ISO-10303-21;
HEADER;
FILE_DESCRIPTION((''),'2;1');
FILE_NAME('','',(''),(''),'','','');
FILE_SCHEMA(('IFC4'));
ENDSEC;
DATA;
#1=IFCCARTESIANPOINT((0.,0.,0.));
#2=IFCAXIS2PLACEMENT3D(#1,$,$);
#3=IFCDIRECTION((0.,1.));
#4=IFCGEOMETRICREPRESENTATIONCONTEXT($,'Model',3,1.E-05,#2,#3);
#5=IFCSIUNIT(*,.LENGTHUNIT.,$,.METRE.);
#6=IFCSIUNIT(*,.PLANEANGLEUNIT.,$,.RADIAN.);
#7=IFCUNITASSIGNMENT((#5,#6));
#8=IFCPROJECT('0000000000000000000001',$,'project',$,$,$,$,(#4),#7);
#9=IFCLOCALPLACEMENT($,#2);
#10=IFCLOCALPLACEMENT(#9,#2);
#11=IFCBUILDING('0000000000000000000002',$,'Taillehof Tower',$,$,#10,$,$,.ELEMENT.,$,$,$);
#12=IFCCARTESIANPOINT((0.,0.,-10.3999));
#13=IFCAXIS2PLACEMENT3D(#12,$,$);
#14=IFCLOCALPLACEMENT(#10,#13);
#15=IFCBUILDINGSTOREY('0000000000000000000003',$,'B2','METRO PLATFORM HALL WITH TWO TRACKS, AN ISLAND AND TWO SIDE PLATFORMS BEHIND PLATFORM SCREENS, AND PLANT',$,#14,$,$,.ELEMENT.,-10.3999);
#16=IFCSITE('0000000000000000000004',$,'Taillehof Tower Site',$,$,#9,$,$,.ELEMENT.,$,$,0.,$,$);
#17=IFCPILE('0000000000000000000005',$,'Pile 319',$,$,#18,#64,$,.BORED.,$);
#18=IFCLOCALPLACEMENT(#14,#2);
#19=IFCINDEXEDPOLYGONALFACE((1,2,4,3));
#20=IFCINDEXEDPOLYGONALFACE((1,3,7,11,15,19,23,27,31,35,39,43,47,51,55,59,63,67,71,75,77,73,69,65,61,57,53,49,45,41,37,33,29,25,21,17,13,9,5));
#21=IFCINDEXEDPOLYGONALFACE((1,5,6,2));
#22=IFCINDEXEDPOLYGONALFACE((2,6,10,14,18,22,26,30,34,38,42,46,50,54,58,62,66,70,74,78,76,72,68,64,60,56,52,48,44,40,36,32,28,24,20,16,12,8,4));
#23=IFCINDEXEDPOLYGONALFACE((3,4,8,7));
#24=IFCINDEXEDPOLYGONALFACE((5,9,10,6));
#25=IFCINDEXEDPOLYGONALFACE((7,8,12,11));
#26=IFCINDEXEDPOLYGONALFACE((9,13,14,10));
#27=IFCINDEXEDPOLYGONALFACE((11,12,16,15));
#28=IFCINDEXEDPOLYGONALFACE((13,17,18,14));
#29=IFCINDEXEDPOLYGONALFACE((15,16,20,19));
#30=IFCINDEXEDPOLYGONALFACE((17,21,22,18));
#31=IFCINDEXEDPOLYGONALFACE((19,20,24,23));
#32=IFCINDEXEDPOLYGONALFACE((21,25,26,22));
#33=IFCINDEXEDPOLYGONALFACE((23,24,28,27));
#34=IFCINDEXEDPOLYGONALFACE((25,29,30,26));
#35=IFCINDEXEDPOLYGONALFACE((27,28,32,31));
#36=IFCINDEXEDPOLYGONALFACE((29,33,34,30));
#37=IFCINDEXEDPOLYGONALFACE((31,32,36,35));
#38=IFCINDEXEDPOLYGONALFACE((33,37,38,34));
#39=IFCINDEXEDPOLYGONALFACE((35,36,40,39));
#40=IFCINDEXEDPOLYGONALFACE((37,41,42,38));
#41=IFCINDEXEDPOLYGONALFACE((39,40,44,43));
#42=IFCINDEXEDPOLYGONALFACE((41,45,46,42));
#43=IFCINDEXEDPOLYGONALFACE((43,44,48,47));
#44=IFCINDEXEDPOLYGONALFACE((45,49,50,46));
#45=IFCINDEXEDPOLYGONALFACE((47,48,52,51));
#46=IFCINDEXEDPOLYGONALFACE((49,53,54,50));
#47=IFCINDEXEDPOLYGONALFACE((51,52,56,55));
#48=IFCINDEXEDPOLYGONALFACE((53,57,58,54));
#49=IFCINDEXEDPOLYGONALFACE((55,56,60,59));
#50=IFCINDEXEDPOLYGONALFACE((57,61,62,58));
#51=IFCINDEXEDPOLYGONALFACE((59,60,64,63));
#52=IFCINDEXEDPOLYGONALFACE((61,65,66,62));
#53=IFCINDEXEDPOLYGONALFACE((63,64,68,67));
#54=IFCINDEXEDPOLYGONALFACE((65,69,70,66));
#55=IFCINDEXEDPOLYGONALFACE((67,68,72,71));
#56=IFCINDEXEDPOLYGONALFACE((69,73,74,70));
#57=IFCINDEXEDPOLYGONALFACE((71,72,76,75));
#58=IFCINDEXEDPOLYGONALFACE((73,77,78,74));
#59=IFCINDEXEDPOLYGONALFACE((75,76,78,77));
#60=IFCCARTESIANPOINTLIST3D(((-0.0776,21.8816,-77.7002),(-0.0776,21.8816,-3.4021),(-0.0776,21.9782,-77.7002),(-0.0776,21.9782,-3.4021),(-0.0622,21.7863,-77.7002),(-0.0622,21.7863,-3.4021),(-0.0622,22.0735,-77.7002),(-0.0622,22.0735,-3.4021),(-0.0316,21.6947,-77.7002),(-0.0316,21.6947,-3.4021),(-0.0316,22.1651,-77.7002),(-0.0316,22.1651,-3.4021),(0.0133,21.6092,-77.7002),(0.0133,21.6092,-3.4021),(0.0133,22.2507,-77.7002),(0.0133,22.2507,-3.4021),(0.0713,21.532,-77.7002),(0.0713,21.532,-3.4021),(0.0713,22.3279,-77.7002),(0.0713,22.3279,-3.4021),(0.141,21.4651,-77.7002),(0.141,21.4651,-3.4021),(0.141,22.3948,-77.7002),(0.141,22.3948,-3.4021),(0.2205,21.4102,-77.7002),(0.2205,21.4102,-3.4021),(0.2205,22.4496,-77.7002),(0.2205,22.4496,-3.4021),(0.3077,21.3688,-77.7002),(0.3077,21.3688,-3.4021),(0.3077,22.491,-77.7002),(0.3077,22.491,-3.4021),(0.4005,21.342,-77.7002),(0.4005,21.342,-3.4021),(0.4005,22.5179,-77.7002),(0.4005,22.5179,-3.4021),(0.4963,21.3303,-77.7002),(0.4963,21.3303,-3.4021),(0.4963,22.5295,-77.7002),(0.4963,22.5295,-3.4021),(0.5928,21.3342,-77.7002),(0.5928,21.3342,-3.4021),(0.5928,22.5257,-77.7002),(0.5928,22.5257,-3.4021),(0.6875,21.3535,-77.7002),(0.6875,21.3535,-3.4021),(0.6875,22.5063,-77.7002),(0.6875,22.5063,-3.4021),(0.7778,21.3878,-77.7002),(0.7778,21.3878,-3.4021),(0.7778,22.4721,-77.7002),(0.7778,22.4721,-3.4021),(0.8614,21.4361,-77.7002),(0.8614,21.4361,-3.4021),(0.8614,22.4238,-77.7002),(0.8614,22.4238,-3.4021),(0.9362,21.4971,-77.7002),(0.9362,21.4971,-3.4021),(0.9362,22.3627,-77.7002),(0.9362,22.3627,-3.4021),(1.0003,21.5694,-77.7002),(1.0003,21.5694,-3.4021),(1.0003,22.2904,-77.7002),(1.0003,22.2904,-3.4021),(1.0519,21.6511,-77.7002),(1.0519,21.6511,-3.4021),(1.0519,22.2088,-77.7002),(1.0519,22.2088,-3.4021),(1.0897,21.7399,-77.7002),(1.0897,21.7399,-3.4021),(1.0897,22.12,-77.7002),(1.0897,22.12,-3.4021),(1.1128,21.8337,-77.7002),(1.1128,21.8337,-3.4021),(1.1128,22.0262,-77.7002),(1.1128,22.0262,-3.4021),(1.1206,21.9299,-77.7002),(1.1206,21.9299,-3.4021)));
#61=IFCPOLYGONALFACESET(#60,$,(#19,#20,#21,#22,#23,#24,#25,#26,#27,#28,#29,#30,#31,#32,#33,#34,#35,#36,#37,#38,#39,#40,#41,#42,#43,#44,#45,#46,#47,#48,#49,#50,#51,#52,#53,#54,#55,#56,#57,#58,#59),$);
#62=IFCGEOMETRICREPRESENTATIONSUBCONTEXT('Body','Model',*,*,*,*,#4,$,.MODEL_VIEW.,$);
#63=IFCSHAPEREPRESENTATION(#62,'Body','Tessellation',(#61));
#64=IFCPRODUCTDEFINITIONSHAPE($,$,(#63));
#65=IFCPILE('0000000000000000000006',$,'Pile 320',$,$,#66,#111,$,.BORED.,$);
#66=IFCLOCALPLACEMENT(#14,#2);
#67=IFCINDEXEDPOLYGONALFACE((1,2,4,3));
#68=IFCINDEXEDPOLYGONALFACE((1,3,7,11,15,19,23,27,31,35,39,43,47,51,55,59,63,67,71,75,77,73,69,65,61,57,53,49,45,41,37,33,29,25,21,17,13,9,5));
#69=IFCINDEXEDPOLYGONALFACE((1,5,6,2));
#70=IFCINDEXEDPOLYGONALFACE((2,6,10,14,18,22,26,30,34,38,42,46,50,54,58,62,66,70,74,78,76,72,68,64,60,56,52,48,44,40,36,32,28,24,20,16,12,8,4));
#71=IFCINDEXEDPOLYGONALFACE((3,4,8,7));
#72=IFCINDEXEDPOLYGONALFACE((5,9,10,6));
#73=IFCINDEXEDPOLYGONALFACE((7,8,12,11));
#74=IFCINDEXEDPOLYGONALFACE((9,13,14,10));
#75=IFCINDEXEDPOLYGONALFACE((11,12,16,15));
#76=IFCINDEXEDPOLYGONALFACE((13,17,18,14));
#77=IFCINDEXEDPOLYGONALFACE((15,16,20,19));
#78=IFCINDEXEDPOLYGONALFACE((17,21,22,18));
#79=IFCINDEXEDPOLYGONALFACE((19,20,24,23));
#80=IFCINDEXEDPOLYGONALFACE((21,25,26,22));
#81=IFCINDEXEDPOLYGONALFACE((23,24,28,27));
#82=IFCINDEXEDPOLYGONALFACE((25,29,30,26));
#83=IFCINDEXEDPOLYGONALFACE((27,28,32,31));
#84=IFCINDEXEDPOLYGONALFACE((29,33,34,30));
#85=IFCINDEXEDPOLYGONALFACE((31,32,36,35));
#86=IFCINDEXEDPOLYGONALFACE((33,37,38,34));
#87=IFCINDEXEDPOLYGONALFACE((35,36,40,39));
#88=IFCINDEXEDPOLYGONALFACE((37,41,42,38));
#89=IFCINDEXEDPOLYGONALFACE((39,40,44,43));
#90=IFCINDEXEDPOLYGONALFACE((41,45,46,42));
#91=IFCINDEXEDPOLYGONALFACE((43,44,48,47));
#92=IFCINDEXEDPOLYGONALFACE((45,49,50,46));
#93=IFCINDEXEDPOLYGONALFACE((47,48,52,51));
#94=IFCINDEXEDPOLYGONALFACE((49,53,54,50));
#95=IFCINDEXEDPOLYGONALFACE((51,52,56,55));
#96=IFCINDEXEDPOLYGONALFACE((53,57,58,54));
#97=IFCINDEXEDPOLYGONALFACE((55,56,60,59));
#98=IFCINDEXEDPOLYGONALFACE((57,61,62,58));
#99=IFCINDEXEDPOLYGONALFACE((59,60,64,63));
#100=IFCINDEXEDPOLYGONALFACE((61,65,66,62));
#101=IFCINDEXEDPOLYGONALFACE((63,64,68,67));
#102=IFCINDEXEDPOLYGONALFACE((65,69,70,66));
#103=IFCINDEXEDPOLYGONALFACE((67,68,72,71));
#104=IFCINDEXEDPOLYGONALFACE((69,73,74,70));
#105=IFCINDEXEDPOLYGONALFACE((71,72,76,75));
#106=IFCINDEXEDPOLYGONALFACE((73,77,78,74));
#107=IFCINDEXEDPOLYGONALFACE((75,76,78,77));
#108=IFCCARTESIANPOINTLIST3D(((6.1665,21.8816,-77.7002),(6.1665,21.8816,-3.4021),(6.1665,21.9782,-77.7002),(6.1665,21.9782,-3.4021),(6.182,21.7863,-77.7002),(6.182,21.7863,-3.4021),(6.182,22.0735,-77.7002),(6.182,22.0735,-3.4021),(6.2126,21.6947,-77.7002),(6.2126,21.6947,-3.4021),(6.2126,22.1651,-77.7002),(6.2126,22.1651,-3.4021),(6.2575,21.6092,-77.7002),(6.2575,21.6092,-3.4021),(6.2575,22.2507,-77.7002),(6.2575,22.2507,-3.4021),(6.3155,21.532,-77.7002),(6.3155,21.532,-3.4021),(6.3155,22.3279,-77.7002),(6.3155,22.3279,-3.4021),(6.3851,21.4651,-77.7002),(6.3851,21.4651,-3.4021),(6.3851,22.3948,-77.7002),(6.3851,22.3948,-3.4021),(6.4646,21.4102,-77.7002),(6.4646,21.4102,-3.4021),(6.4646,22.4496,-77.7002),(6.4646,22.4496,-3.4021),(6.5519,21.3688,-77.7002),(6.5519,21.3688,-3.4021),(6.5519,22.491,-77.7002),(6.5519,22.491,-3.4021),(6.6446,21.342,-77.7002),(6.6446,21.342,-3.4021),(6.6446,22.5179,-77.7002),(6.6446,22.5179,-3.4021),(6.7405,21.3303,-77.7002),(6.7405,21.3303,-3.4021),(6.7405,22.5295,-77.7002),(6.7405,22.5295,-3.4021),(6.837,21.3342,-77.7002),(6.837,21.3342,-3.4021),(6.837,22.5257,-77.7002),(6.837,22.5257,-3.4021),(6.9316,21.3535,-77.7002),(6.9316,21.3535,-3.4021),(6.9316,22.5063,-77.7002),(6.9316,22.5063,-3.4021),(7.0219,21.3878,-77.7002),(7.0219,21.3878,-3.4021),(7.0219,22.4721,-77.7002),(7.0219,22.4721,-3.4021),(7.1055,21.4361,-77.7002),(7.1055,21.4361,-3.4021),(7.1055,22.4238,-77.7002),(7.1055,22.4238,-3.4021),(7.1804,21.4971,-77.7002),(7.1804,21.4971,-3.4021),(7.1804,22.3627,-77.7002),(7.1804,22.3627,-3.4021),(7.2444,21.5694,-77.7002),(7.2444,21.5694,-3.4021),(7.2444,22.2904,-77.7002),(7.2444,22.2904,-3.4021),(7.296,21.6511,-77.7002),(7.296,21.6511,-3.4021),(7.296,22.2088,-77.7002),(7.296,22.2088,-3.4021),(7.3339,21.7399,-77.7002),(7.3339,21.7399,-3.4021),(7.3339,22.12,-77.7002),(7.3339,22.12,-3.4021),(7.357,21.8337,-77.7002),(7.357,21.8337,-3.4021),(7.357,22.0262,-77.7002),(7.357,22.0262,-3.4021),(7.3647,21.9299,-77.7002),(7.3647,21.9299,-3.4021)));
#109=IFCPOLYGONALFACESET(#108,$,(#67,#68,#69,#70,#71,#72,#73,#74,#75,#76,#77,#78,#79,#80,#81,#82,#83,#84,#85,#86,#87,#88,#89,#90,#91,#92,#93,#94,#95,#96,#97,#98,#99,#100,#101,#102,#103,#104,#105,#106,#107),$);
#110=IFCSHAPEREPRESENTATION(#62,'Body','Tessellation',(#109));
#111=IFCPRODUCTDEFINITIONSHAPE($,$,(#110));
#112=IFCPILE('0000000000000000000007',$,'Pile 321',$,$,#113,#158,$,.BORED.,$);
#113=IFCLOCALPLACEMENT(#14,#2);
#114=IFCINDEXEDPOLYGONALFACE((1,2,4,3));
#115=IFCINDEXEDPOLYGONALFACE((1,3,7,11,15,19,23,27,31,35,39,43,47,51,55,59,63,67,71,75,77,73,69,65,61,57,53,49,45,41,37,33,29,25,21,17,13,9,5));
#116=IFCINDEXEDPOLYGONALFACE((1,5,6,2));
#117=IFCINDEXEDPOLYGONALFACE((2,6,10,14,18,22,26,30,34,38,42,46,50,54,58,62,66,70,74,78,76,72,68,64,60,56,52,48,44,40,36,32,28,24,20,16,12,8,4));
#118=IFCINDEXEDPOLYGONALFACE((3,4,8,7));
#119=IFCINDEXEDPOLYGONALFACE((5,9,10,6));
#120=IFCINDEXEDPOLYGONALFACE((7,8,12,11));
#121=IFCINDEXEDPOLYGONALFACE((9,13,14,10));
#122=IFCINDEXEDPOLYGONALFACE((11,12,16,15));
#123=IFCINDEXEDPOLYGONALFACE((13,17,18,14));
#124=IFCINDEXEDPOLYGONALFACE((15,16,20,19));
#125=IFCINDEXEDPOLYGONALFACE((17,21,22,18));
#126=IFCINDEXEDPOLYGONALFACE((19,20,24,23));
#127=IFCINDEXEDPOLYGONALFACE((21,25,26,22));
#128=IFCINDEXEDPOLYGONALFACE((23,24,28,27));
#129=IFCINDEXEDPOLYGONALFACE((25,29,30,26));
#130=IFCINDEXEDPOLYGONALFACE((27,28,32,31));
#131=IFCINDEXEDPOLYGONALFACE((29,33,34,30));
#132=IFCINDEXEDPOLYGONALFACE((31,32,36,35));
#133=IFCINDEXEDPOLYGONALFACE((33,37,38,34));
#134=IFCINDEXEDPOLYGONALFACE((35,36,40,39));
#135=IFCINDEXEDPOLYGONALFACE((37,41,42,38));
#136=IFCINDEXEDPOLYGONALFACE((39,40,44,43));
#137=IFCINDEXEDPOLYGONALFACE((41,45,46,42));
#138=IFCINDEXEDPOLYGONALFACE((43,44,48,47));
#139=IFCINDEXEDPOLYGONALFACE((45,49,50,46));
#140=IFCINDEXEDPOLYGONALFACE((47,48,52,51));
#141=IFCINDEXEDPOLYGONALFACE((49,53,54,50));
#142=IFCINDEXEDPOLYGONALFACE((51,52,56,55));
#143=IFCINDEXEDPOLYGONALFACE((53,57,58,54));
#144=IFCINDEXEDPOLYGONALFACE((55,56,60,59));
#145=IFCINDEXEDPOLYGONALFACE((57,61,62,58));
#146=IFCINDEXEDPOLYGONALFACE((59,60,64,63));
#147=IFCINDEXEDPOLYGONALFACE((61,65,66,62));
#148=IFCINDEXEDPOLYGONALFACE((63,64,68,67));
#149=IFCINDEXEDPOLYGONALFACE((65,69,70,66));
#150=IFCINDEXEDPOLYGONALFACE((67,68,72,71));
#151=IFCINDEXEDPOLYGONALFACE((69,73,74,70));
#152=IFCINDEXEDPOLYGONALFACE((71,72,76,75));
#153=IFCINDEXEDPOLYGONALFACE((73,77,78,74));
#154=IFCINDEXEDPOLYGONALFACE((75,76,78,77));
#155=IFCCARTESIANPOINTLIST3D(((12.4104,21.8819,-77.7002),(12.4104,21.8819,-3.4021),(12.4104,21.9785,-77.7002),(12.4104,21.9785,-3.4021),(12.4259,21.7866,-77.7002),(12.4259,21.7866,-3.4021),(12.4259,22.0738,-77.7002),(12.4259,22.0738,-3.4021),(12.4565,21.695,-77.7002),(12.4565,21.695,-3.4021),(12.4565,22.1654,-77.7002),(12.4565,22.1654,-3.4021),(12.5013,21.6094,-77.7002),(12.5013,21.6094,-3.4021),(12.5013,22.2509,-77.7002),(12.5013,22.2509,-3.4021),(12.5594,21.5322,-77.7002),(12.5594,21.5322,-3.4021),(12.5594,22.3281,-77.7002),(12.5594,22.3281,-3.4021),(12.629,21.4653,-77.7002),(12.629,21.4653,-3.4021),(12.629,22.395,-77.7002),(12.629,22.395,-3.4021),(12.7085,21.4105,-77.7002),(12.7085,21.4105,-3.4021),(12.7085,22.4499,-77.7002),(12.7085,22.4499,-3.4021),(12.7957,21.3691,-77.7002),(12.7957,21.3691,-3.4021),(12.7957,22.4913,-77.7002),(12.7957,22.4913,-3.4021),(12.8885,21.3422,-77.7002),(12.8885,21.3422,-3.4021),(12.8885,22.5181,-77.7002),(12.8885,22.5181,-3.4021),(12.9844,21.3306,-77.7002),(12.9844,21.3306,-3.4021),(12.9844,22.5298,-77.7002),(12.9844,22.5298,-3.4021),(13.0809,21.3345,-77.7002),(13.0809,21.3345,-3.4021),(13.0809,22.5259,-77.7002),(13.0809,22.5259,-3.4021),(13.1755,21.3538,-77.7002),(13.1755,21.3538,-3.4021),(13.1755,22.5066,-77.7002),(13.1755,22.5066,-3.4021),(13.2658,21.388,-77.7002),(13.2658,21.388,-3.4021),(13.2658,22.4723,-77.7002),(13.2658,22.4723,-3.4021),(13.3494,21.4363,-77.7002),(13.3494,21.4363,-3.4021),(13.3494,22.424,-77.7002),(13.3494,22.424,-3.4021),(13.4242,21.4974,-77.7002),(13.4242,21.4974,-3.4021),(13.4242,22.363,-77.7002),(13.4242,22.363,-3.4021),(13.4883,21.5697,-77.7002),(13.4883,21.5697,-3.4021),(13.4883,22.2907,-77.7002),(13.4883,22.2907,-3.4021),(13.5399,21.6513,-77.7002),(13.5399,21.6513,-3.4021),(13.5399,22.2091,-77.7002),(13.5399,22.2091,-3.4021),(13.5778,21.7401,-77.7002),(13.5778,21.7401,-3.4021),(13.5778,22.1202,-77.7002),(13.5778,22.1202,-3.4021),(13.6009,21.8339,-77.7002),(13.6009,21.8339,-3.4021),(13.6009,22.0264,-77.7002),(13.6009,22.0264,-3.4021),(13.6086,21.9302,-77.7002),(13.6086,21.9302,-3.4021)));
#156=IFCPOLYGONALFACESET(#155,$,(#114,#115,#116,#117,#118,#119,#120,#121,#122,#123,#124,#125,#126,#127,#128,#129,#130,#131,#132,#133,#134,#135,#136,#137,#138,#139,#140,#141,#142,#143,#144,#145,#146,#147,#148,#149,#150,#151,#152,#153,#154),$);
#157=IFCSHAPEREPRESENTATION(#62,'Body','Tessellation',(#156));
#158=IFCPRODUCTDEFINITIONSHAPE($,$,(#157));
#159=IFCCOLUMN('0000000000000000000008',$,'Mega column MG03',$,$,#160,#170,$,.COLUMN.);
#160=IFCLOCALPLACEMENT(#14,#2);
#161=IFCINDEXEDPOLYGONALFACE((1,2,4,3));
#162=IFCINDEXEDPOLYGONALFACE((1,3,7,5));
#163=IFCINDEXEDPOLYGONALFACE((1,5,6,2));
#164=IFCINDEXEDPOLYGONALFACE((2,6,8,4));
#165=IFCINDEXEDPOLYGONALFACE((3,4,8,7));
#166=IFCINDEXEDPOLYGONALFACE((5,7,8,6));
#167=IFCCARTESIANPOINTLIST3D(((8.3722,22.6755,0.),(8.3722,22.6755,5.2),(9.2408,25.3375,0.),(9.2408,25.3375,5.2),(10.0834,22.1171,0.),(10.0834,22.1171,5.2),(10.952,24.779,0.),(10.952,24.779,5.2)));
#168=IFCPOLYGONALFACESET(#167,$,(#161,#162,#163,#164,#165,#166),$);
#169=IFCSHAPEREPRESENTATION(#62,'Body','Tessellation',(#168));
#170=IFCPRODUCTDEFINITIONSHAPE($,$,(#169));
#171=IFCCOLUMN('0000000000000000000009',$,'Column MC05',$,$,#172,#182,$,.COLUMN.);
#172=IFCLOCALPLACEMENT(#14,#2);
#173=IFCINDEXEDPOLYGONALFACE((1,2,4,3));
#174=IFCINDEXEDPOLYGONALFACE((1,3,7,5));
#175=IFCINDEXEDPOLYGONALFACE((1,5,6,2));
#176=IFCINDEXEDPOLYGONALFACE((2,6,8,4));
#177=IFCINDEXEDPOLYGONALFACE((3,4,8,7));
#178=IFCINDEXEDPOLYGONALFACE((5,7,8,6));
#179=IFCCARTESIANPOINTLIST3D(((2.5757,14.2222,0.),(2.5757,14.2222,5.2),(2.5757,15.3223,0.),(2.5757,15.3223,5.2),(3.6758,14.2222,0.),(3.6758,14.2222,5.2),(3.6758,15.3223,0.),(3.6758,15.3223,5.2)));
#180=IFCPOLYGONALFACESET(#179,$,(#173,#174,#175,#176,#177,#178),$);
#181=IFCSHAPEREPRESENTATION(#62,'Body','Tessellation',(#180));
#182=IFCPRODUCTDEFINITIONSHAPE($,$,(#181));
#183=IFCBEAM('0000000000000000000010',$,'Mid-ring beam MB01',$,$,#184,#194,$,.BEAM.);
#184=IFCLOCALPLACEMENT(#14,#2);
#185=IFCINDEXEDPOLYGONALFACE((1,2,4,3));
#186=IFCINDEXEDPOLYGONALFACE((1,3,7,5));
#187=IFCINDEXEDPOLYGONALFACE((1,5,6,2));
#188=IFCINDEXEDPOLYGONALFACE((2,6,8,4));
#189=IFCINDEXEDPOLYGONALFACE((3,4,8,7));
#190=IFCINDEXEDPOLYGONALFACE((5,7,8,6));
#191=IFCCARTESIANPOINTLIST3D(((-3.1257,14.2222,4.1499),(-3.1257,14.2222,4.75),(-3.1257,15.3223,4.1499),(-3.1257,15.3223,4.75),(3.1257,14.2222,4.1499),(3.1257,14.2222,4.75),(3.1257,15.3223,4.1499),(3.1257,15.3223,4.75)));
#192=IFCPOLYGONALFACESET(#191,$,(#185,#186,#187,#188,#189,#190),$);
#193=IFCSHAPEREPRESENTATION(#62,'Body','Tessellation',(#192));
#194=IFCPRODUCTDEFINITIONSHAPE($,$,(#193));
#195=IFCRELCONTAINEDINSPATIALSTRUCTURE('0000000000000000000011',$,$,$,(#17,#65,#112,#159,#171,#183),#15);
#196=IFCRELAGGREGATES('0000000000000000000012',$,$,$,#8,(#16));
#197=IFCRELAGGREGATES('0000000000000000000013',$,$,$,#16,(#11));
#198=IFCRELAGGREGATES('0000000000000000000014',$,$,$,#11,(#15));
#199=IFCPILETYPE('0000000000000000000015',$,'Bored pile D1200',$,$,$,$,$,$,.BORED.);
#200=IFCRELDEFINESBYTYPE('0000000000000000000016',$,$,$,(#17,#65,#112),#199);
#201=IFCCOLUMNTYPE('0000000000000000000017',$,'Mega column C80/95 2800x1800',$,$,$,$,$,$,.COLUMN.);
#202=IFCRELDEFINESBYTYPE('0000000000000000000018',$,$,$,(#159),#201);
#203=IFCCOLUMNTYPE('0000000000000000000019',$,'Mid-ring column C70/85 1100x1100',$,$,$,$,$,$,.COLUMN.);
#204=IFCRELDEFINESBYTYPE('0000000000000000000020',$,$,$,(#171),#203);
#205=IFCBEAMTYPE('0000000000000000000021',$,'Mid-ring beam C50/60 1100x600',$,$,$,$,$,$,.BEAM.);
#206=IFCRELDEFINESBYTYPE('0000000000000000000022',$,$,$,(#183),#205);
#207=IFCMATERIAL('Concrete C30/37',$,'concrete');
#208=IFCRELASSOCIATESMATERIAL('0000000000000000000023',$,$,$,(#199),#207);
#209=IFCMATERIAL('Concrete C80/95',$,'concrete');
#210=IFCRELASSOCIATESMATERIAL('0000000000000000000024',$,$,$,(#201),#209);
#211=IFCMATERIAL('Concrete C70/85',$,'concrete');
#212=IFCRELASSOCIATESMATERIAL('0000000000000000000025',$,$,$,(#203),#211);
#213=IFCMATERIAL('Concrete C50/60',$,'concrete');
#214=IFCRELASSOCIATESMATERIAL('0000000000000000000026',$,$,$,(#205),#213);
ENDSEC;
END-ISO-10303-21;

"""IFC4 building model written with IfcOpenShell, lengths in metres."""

from ifc_helpers import new_model, si_unit, direction, frame, origin, origin_2d, place, context, subcontext, project, spatial, rectangle, circle, extrude, material, material_profile, profile_set, type_object, element, save


model = new_model("IFC4")

# Units and contexts
model_context = context("Model", 3, precision=1e-05, world=origin(), true_north=direction((0.0, 1.0)))
body_context = subcontext(model_context, "Body", "Model", "MODEL_VIEW")
ifc_project = project(units=[si_unit("LENGTHUNIT", "METRE"), si_unit("PLANEANGLEUNIT", "RADIAN")], contexts=[model_context])

# Site, building, storey
site_placement = place(None, origin())
site = spatial("IfcSite", under=ifc_project, at=site_placement, Name="Taillehof Tower Site", CompositionType="ELEMENT", RefElevation=0.0)
building_placement = place(site_placement, origin())
building = spatial("IfcBuilding", under=site, at=building_placement, Name="Taillehof Tower", CompositionType="ELEMENT")
storey_placement = place(building_placement, frame((0.0, 0.0, -10.3999)))
storey = spatial("IfcBuildingStorey", under=building, at=storey_placement, Name="B2", Description="METRO PLATFORM HALL WITH TWO TRACKS, AN ISLAND AND TWO SIDE PLATFORMS BEHIND PLATFORM SCREENS, AND PLANT", CompositionType="ELEMENT", Elevation=-10.3999)

# Piles
ifc_material_1 = material(Name="Concrete C30/37", Category="concrete")
ifc_material_profile_1 = material_profile(ifc_material_1, circle(Radius=0.6001, at=origin_2d()), Name="BP D1200")
ifc_profile_set_1 = profile_set([ifc_material_profile_1], Name="Concrete C30/37")
pile_type = type_object("IfcPileType", Name="Bored pile D1200", PredefinedType="BORED", material=ifc_profile_set_1)
for number, where, z_axis, x_axis, name in (
    (1, (0.5205, 21.9299, -3.4021), (0.0, 0.0, -1.0), (1.0, 0.0, 0.0), "Pile 319"),
    (2, (6.7646, 21.9299, -3.4021), (0.0, 0.0, -1.0), (1.0, 0.0, 0.0), "Pile 320"),
    (3, (13.0085, 21.9302, -3.4021), (0.0, 0.0, -1.0), (1.0, 0.0, 0.0), "Pile 321"),
):
    element("IfcPile", number, at=place(storey_placement, frame(where, z_axis=z_axis, x_axis=x_axis)), inside=storey, type_object=pile_type, Name=name, PredefinedType="BORED", context=body_context, shape_type="SweptSolid", body=[
        extrude(circle(Radius=0.6001, at=origin_2d()), origin(), (0.0, 0.0, 1.0), 74.2981),
    ])

# Columns
ifc_material_2 = material(Name="Concrete C80/95", Category="concrete")
ifc_material_profile_2 = material_profile(ifc_material_2, rectangle(XDim=2.8, YDim=1.8, at=origin_2d()), Name="RC 2800x1800")
ifc_profile_set_2 = profile_set([ifc_material_profile_2], Name="Concrete C80/95")
column_type_1 = type_object("IfcColumnType", Name="Mega column C80/95 2800x1800", PredefinedType="COLUMN", material=ifc_profile_set_2)
column_1_placement = place(storey_placement, frame((9.6621, 23.7273, 0.0), z_axis=(0.0, 0.0, 1.0), x_axis=(0.310219, 0.950665, 0.0)))
element("IfcColumn", 4, at=column_1_placement, inside=storey, type_object=column_type_1, Name="Mega column MG03", PredefinedType="COLUMN", context=body_context, shape_type="SweptSolid", body=[
    extrude(rectangle(XDim=2.8, YDim=1.8, at=origin_2d()), origin(), (0.0, 0.0, 1.0), 5.2),
])
ifc_material_3 = material(Name="Concrete C70/85", Category="concrete")
ifc_material_profile_3 = material_profile(ifc_material_3, rectangle(XDim=1.1001, YDim=1.1001, at=origin_2d()), Name="RC 1100x1100")
ifc_profile_set_3 = profile_set([ifc_material_profile_3], Name="Concrete C70/85")
column_type_2 = type_object("IfcColumnType", Name="Mid-ring column C70/85 1100x1100", PredefinedType="COLUMN", material=ifc_profile_set_3)
column_2_placement = place(storey_placement, frame((3.1257, 14.7722, 0.0), z_axis=(0.0, 0.0, 1.0), x_axis=(1.0, 0.0, 0.0)))
element("IfcColumn", 5, at=column_2_placement, inside=storey, type_object=column_type_2, Name="Column MC05", PredefinedType="COLUMN", context=body_context, shape_type="SweptSolid", body=[
    extrude(rectangle(XDim=1.1001, YDim=1.1001, at=origin_2d()), origin(), (0.0, 0.0, 1.0), 5.2),
])

# Beam
ifc_material_4 = material(Name="Concrete C50/60", Category="concrete")
ifc_material_profile_4 = material_profile(ifc_material_4, rectangle(XDim=1.1001, YDim=0.6001, at=origin_2d()), Name="RC 1100x600")
ifc_profile_set_4 = profile_set([ifc_material_profile_4], Name="Concrete C50/60")
beam_type_1 = type_object("IfcBeamType", Name="Mid-ring beam C50/60 1100x600", PredefinedType="BEAM", material=ifc_profile_set_4)
beam_1_placement = place(storey_placement, frame((3.1257, 14.7722, 4.45), z_axis=(-1.0, 0.0, 0.0), x_axis=(0.0, -1.0, 0.0)))
element("IfcBeam", 6, at=beam_1_placement, inside=storey, type_object=beam_type_1, Name="Mid-ring beam MB01", PredefinedType="BEAM", context=body_context, shape_type="SweptSolid", body=[
    extrude(rectangle(XDim=1.1001, YDim=0.6001, at=origin_2d()), origin(), (0.0, 0.0, 1.0), 6.2515),
])

save(model, "model.ifc")
